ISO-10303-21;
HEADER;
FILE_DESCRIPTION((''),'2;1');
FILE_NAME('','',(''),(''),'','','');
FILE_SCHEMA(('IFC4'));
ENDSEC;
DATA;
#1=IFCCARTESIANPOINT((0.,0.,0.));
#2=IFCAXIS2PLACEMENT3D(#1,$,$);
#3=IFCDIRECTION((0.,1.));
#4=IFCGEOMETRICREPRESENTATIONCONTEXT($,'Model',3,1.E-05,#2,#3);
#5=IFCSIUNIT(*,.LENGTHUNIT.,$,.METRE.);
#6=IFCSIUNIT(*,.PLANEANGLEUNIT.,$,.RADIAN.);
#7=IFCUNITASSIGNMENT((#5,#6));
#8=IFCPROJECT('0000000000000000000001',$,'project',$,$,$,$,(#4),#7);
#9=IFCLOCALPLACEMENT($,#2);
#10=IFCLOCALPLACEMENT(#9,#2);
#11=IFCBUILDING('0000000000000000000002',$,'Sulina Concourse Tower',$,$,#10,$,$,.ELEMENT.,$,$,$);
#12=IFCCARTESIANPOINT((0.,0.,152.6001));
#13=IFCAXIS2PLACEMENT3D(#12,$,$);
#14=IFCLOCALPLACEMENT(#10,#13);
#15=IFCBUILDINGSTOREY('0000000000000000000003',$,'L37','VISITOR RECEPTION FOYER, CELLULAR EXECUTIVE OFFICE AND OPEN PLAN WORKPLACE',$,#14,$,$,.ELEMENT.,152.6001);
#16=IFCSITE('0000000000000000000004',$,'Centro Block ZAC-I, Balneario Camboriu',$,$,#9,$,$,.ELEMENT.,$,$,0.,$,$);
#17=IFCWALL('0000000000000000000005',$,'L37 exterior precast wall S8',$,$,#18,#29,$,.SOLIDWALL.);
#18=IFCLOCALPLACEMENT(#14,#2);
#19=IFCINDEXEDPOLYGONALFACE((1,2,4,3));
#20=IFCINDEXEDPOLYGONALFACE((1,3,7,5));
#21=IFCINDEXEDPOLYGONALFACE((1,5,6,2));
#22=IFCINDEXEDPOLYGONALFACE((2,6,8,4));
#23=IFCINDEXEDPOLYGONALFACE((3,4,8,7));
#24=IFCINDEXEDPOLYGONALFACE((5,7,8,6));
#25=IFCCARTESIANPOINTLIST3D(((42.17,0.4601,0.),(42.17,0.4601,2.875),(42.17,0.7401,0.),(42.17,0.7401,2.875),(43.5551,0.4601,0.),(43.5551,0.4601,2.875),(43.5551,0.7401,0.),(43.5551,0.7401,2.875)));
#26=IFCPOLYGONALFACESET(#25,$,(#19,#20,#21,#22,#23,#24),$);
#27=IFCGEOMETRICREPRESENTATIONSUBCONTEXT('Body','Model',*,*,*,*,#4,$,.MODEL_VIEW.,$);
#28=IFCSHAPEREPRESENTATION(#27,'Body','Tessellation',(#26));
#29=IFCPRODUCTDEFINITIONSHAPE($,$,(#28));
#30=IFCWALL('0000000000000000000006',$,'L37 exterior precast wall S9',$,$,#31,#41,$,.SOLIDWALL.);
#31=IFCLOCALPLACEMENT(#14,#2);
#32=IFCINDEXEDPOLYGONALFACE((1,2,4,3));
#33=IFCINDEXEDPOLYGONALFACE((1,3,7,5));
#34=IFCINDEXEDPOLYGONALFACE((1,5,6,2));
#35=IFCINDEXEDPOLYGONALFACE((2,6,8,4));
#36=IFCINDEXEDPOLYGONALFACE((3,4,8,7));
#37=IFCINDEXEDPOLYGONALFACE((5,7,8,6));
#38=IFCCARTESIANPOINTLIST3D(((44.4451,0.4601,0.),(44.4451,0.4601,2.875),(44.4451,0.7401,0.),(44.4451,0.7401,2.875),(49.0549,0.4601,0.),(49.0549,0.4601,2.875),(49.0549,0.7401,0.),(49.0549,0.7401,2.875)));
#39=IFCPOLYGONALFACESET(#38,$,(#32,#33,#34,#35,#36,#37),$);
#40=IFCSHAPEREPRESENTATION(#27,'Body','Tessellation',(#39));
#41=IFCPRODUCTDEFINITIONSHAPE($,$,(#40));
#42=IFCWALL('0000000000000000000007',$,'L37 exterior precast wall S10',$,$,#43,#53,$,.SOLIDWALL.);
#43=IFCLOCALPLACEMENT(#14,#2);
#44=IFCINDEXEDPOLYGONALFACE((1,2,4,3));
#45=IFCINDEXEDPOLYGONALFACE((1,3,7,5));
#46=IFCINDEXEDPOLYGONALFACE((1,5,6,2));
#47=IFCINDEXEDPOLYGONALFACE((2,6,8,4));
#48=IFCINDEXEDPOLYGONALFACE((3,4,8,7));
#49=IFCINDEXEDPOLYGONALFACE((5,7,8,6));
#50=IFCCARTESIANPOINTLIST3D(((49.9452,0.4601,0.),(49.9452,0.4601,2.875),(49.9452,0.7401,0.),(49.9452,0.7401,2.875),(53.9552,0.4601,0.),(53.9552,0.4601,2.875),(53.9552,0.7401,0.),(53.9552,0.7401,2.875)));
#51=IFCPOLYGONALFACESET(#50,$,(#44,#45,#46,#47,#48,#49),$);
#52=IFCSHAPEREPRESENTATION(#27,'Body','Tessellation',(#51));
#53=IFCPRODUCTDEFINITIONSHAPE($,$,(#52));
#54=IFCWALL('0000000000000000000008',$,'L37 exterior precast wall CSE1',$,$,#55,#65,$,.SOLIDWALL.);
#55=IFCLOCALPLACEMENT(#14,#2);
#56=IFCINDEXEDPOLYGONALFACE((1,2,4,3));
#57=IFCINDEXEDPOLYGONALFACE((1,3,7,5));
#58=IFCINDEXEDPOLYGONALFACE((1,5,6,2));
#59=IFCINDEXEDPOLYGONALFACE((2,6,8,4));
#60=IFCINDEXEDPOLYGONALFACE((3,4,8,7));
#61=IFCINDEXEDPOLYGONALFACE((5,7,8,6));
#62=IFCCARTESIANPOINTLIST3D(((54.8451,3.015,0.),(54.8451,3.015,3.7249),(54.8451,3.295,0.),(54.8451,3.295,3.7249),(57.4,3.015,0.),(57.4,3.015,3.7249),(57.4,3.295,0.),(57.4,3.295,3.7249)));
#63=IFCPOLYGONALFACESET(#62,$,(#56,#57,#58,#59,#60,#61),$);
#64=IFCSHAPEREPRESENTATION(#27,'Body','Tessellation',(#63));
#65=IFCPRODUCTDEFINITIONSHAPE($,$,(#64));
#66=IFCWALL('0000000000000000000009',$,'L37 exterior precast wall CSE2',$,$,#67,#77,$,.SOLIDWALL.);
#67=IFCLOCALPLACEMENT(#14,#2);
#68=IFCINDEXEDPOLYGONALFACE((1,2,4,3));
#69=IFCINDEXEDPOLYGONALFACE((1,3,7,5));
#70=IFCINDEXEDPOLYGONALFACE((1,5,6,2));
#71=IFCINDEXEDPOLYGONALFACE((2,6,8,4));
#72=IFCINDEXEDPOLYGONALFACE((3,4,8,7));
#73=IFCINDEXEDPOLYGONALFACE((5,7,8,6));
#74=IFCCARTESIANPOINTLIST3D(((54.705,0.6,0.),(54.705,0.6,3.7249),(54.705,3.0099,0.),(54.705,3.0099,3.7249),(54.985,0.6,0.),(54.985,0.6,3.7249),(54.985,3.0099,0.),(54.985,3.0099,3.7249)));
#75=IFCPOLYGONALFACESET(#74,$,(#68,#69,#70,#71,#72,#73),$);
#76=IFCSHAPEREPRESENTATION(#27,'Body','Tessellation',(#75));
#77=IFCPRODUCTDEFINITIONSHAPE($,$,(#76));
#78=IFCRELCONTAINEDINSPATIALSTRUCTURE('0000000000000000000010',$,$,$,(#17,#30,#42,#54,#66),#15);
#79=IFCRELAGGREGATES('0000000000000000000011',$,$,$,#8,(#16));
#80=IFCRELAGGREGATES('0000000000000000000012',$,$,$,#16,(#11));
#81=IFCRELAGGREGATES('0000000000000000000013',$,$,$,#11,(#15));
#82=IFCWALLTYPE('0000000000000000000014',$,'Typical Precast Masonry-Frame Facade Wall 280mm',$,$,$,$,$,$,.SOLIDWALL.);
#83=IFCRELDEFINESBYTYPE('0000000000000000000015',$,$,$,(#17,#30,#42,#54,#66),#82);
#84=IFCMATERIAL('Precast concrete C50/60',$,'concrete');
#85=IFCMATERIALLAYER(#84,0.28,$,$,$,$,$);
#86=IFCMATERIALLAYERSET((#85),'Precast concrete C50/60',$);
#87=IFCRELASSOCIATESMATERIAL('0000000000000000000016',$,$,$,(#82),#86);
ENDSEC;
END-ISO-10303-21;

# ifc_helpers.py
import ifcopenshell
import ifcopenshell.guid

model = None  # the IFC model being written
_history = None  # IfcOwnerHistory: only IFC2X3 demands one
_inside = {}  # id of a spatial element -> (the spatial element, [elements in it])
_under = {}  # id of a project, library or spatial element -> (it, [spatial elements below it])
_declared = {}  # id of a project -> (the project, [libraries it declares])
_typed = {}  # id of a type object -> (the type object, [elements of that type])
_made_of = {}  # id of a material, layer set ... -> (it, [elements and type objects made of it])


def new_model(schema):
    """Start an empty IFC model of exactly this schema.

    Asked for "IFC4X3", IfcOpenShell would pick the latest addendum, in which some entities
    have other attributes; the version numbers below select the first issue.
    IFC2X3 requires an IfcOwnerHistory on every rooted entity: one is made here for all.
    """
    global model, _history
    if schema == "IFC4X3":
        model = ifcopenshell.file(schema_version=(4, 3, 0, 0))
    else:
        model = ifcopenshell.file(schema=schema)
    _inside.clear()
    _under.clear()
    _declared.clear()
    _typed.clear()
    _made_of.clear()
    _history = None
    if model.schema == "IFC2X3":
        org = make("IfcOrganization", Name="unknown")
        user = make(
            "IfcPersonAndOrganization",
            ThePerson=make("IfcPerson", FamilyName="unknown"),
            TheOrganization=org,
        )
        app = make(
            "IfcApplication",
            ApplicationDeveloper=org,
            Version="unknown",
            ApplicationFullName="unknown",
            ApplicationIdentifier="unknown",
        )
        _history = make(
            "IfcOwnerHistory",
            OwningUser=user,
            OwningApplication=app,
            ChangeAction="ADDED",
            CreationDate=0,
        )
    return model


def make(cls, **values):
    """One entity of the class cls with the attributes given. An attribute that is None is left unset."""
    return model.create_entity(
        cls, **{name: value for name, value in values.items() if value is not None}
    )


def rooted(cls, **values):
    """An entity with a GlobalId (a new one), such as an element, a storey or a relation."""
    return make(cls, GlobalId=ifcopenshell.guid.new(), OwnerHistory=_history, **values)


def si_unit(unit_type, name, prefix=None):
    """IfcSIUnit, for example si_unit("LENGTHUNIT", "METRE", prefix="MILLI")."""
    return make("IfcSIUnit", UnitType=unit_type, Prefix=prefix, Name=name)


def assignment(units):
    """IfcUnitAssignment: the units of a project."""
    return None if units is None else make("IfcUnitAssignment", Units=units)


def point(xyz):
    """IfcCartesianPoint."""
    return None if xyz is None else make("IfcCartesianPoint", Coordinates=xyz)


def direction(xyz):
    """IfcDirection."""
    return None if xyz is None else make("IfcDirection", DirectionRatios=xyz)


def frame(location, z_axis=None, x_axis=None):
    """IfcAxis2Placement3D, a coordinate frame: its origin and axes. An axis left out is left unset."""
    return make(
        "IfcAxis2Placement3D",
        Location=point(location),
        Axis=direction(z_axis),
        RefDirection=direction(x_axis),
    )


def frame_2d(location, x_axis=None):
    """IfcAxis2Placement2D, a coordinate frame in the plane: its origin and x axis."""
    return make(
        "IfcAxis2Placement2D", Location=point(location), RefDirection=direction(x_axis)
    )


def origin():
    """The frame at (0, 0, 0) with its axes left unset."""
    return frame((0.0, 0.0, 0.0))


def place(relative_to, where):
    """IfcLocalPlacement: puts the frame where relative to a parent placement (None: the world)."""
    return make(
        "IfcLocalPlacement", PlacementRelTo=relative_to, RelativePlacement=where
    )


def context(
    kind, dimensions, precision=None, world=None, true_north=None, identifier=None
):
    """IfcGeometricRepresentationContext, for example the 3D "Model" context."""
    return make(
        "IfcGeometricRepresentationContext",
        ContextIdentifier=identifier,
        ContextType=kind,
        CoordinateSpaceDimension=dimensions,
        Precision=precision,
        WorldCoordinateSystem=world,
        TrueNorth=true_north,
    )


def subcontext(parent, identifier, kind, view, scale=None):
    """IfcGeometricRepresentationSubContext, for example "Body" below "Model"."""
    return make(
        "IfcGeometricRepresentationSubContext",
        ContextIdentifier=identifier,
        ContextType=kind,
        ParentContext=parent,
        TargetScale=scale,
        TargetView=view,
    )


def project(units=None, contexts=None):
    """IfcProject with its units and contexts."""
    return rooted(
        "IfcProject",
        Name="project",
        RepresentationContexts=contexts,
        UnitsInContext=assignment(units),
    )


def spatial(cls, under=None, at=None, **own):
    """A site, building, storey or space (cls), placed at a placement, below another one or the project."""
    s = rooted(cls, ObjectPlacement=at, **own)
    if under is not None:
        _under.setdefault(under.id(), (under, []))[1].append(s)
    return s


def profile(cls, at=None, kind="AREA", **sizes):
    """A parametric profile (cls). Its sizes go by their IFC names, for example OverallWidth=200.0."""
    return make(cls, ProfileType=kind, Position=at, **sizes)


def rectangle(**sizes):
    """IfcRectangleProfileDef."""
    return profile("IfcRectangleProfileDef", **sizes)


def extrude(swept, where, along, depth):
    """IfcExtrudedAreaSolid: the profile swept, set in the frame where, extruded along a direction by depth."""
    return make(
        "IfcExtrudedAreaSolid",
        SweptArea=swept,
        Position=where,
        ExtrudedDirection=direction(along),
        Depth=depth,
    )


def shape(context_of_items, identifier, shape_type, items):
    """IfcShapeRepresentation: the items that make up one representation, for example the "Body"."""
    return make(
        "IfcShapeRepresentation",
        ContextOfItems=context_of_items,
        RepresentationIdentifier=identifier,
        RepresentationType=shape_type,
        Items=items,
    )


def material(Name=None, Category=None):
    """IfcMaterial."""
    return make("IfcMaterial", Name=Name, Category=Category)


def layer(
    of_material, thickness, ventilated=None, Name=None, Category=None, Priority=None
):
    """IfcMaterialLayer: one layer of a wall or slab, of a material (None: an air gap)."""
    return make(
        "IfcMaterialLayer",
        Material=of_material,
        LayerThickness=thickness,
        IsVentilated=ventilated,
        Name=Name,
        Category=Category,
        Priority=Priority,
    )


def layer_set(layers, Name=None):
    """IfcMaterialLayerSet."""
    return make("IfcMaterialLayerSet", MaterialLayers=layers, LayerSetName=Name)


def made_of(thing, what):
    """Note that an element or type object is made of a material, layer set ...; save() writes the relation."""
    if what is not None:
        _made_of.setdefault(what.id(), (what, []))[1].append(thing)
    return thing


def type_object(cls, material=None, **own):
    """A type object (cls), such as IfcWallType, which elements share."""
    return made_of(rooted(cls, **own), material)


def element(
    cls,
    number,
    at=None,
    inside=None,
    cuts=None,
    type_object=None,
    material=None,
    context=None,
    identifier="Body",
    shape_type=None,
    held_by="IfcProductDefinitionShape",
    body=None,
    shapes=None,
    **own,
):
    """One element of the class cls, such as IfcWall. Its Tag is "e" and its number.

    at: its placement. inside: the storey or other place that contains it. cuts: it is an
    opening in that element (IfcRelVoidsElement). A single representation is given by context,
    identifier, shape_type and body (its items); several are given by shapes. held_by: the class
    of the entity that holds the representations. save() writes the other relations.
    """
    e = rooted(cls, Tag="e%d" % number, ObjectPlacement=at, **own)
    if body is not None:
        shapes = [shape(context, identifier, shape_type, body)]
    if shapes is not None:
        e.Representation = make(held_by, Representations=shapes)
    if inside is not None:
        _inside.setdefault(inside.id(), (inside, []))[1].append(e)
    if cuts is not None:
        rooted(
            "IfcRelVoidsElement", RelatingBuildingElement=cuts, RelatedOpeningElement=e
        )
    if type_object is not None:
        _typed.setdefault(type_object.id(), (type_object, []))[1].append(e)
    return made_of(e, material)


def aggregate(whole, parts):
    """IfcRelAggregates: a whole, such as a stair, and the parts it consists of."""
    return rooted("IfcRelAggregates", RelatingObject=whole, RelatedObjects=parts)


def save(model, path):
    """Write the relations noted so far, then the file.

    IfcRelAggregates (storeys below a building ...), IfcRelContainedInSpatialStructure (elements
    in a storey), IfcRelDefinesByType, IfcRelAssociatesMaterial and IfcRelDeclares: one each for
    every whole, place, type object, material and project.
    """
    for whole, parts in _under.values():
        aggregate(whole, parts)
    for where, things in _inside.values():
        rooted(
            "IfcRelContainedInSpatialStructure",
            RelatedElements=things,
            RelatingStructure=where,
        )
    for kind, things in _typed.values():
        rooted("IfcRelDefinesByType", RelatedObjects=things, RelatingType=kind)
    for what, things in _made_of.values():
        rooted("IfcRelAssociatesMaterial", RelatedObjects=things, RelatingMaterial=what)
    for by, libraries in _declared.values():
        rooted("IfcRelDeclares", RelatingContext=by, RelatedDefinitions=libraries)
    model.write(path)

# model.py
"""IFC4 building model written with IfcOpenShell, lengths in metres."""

from ifc_helpers import new_model, si_unit, direction, frame, frame_2d, origin, place, context, subcontext, project, spatial, rectangle, extrude, material, layer, layer_set, type_object, element, save


model = new_model("IFC4")

# Units and contexts
model_context = context("Model", 3, precision=1e-05, world=origin(), true_north=direction((0.0, 1.0)))
body_context = subcontext(model_context, "Body", "Model", "MODEL_VIEW")
ifc_project = project(units=[si_unit("LENGTHUNIT", "METRE"), si_unit("PLANEANGLEUNIT", "RADIAN")], contexts=[model_context])

# Site, building, storey
site_placement = place(None, origin())
site = spatial("IfcSite", under=ifc_project, at=site_placement, Name="Centro Block ZAC-I, Balneario Camboriu", CompositionType="ELEMENT", RefElevation=0.0)
building_placement = place(site_placement, origin())
building = spatial("IfcBuilding", under=site, at=building_placement, Name="Sulina Concourse Tower", CompositionType="ELEMENT")
storey_placement = place(building_placement, frame((0.0, 0.0, 152.6001)))
storey = spatial("IfcBuildingStorey", under=building, at=storey_placement, Name="L37", Description="VISITOR RECEPTION FOYER, CELLULAR EXECUTIVE OFFICE AND OPEN PLAN WORKPLACE", CompositionType="ELEMENT", Elevation=152.6001)

# Walls
ifc_material_1 = material(Name="Precast concrete C50/60", Category="concrete")
ifc_layer_1 = layer(ifc_material_1, 0.28)
ifc_layer_set_1 = layer_set([ifc_layer_1], Name="Precast concrete C50/60")
wall_type_1 = type_object("IfcWallType", Name="Typical Precast Masonry-Frame Facade Wall 280mm", PredefinedType="SOLIDWALL", material=ifc_layer_set_1)
wall_1_placement = place(storey_placement, frame((43.5549, 0.6001, 0.0), z_axis=(0.0, 0.0, 1.0), x_axis=(-1.0, 0.0, 0.0)))
element("IfcWall", 1, at=wall_1_placement, inside=storey, type_object=wall_type_1, Name="L37 exterior precast wall S8", PredefinedType="SOLIDWALL", context=body_context, shape_type="SweptSolid", body=[
    extrude(rectangle(XDim=1.385, YDim=0.28, at=frame_2d((0.6924, 0.0))), origin(), (0.0, 0.0, 1.0), 2.875),
])
wall_2_placement = place(storey_placement, frame((49.0549, 0.6001, 0.0), z_axis=(0.0, 0.0, 1.0), x_axis=(-1.0, 0.0, 0.0)))
element("IfcWall", 2, at=wall_2_placement, inside=storey, type_object=wall_type_1, Name="L37 exterior precast wall S9", PredefinedType="SOLIDWALL", context=body_context, shape_type="SweptSolid", body=[
    extrude(rectangle(XDim=4.6099, YDim=0.28, at=frame_2d((2.3049, 0.0))), origin(), (0.0, 0.0, 1.0), 2.875),
])
wall_3_placement = place(storey_placement, frame((53.9551, 0.6001, 0.0), z_axis=(0.0, 0.0, 1.0), x_axis=(-1.0, 0.0, 0.0)))
element("IfcWall", 3, at=wall_3_placement, inside=storey, type_object=wall_type_1, Name="L37 exterior precast wall S10", PredefinedType="SOLIDWALL", context=body_context, shape_type="SweptSolid", body=[
    extrude(rectangle(XDim=4.01, YDim=0.28, at=frame_2d((2.0049, 0.0))), origin(), (0.0, 0.0, 1.0), 2.875),
])
wall_4_placement = place(storey_placement, frame((57.3999, 3.155, 0.0), z_axis=(0.0, 0.0, 1.0), x_axis=(-1.0, 0.0, 0.0)))
element("IfcWall", 4, at=wall_4_placement, inside=storey, type_object=wall_type_1, Name="L37 exterior precast wall CSE1", PredefinedType="SOLIDWALL", context=body_context, shape_type="SweptSolid", body=[
    extrude(rectangle(XDim=2.5549, YDim=0.28, at=frame_2d((1.2773, 0.0))), origin(), (0.0, 0.0, 1.0), 3.7249),
])
wall_5_placement = place(storey_placement, frame((54.845, 3.01, 0.0), z_axis=(0.0, 0.0, 1.0), x_axis=(0.0, -1.0, 0.0)))
element("IfcWall", 5, at=wall_5_placement, inside=storey, type_object=wall_type_1, Name="L37 exterior precast wall CSE2", PredefinedType="SOLIDWALL", context=body_context, shape_type="SweptSolid", body=[
    extrude(rectangle(XDim=2.4099, YDim=0.28, at=frame_2d((1.2051, 0.0))), origin(), (0.0, 0.0, 1.0), 3.7249),
])

save(model, "model.ifc")
